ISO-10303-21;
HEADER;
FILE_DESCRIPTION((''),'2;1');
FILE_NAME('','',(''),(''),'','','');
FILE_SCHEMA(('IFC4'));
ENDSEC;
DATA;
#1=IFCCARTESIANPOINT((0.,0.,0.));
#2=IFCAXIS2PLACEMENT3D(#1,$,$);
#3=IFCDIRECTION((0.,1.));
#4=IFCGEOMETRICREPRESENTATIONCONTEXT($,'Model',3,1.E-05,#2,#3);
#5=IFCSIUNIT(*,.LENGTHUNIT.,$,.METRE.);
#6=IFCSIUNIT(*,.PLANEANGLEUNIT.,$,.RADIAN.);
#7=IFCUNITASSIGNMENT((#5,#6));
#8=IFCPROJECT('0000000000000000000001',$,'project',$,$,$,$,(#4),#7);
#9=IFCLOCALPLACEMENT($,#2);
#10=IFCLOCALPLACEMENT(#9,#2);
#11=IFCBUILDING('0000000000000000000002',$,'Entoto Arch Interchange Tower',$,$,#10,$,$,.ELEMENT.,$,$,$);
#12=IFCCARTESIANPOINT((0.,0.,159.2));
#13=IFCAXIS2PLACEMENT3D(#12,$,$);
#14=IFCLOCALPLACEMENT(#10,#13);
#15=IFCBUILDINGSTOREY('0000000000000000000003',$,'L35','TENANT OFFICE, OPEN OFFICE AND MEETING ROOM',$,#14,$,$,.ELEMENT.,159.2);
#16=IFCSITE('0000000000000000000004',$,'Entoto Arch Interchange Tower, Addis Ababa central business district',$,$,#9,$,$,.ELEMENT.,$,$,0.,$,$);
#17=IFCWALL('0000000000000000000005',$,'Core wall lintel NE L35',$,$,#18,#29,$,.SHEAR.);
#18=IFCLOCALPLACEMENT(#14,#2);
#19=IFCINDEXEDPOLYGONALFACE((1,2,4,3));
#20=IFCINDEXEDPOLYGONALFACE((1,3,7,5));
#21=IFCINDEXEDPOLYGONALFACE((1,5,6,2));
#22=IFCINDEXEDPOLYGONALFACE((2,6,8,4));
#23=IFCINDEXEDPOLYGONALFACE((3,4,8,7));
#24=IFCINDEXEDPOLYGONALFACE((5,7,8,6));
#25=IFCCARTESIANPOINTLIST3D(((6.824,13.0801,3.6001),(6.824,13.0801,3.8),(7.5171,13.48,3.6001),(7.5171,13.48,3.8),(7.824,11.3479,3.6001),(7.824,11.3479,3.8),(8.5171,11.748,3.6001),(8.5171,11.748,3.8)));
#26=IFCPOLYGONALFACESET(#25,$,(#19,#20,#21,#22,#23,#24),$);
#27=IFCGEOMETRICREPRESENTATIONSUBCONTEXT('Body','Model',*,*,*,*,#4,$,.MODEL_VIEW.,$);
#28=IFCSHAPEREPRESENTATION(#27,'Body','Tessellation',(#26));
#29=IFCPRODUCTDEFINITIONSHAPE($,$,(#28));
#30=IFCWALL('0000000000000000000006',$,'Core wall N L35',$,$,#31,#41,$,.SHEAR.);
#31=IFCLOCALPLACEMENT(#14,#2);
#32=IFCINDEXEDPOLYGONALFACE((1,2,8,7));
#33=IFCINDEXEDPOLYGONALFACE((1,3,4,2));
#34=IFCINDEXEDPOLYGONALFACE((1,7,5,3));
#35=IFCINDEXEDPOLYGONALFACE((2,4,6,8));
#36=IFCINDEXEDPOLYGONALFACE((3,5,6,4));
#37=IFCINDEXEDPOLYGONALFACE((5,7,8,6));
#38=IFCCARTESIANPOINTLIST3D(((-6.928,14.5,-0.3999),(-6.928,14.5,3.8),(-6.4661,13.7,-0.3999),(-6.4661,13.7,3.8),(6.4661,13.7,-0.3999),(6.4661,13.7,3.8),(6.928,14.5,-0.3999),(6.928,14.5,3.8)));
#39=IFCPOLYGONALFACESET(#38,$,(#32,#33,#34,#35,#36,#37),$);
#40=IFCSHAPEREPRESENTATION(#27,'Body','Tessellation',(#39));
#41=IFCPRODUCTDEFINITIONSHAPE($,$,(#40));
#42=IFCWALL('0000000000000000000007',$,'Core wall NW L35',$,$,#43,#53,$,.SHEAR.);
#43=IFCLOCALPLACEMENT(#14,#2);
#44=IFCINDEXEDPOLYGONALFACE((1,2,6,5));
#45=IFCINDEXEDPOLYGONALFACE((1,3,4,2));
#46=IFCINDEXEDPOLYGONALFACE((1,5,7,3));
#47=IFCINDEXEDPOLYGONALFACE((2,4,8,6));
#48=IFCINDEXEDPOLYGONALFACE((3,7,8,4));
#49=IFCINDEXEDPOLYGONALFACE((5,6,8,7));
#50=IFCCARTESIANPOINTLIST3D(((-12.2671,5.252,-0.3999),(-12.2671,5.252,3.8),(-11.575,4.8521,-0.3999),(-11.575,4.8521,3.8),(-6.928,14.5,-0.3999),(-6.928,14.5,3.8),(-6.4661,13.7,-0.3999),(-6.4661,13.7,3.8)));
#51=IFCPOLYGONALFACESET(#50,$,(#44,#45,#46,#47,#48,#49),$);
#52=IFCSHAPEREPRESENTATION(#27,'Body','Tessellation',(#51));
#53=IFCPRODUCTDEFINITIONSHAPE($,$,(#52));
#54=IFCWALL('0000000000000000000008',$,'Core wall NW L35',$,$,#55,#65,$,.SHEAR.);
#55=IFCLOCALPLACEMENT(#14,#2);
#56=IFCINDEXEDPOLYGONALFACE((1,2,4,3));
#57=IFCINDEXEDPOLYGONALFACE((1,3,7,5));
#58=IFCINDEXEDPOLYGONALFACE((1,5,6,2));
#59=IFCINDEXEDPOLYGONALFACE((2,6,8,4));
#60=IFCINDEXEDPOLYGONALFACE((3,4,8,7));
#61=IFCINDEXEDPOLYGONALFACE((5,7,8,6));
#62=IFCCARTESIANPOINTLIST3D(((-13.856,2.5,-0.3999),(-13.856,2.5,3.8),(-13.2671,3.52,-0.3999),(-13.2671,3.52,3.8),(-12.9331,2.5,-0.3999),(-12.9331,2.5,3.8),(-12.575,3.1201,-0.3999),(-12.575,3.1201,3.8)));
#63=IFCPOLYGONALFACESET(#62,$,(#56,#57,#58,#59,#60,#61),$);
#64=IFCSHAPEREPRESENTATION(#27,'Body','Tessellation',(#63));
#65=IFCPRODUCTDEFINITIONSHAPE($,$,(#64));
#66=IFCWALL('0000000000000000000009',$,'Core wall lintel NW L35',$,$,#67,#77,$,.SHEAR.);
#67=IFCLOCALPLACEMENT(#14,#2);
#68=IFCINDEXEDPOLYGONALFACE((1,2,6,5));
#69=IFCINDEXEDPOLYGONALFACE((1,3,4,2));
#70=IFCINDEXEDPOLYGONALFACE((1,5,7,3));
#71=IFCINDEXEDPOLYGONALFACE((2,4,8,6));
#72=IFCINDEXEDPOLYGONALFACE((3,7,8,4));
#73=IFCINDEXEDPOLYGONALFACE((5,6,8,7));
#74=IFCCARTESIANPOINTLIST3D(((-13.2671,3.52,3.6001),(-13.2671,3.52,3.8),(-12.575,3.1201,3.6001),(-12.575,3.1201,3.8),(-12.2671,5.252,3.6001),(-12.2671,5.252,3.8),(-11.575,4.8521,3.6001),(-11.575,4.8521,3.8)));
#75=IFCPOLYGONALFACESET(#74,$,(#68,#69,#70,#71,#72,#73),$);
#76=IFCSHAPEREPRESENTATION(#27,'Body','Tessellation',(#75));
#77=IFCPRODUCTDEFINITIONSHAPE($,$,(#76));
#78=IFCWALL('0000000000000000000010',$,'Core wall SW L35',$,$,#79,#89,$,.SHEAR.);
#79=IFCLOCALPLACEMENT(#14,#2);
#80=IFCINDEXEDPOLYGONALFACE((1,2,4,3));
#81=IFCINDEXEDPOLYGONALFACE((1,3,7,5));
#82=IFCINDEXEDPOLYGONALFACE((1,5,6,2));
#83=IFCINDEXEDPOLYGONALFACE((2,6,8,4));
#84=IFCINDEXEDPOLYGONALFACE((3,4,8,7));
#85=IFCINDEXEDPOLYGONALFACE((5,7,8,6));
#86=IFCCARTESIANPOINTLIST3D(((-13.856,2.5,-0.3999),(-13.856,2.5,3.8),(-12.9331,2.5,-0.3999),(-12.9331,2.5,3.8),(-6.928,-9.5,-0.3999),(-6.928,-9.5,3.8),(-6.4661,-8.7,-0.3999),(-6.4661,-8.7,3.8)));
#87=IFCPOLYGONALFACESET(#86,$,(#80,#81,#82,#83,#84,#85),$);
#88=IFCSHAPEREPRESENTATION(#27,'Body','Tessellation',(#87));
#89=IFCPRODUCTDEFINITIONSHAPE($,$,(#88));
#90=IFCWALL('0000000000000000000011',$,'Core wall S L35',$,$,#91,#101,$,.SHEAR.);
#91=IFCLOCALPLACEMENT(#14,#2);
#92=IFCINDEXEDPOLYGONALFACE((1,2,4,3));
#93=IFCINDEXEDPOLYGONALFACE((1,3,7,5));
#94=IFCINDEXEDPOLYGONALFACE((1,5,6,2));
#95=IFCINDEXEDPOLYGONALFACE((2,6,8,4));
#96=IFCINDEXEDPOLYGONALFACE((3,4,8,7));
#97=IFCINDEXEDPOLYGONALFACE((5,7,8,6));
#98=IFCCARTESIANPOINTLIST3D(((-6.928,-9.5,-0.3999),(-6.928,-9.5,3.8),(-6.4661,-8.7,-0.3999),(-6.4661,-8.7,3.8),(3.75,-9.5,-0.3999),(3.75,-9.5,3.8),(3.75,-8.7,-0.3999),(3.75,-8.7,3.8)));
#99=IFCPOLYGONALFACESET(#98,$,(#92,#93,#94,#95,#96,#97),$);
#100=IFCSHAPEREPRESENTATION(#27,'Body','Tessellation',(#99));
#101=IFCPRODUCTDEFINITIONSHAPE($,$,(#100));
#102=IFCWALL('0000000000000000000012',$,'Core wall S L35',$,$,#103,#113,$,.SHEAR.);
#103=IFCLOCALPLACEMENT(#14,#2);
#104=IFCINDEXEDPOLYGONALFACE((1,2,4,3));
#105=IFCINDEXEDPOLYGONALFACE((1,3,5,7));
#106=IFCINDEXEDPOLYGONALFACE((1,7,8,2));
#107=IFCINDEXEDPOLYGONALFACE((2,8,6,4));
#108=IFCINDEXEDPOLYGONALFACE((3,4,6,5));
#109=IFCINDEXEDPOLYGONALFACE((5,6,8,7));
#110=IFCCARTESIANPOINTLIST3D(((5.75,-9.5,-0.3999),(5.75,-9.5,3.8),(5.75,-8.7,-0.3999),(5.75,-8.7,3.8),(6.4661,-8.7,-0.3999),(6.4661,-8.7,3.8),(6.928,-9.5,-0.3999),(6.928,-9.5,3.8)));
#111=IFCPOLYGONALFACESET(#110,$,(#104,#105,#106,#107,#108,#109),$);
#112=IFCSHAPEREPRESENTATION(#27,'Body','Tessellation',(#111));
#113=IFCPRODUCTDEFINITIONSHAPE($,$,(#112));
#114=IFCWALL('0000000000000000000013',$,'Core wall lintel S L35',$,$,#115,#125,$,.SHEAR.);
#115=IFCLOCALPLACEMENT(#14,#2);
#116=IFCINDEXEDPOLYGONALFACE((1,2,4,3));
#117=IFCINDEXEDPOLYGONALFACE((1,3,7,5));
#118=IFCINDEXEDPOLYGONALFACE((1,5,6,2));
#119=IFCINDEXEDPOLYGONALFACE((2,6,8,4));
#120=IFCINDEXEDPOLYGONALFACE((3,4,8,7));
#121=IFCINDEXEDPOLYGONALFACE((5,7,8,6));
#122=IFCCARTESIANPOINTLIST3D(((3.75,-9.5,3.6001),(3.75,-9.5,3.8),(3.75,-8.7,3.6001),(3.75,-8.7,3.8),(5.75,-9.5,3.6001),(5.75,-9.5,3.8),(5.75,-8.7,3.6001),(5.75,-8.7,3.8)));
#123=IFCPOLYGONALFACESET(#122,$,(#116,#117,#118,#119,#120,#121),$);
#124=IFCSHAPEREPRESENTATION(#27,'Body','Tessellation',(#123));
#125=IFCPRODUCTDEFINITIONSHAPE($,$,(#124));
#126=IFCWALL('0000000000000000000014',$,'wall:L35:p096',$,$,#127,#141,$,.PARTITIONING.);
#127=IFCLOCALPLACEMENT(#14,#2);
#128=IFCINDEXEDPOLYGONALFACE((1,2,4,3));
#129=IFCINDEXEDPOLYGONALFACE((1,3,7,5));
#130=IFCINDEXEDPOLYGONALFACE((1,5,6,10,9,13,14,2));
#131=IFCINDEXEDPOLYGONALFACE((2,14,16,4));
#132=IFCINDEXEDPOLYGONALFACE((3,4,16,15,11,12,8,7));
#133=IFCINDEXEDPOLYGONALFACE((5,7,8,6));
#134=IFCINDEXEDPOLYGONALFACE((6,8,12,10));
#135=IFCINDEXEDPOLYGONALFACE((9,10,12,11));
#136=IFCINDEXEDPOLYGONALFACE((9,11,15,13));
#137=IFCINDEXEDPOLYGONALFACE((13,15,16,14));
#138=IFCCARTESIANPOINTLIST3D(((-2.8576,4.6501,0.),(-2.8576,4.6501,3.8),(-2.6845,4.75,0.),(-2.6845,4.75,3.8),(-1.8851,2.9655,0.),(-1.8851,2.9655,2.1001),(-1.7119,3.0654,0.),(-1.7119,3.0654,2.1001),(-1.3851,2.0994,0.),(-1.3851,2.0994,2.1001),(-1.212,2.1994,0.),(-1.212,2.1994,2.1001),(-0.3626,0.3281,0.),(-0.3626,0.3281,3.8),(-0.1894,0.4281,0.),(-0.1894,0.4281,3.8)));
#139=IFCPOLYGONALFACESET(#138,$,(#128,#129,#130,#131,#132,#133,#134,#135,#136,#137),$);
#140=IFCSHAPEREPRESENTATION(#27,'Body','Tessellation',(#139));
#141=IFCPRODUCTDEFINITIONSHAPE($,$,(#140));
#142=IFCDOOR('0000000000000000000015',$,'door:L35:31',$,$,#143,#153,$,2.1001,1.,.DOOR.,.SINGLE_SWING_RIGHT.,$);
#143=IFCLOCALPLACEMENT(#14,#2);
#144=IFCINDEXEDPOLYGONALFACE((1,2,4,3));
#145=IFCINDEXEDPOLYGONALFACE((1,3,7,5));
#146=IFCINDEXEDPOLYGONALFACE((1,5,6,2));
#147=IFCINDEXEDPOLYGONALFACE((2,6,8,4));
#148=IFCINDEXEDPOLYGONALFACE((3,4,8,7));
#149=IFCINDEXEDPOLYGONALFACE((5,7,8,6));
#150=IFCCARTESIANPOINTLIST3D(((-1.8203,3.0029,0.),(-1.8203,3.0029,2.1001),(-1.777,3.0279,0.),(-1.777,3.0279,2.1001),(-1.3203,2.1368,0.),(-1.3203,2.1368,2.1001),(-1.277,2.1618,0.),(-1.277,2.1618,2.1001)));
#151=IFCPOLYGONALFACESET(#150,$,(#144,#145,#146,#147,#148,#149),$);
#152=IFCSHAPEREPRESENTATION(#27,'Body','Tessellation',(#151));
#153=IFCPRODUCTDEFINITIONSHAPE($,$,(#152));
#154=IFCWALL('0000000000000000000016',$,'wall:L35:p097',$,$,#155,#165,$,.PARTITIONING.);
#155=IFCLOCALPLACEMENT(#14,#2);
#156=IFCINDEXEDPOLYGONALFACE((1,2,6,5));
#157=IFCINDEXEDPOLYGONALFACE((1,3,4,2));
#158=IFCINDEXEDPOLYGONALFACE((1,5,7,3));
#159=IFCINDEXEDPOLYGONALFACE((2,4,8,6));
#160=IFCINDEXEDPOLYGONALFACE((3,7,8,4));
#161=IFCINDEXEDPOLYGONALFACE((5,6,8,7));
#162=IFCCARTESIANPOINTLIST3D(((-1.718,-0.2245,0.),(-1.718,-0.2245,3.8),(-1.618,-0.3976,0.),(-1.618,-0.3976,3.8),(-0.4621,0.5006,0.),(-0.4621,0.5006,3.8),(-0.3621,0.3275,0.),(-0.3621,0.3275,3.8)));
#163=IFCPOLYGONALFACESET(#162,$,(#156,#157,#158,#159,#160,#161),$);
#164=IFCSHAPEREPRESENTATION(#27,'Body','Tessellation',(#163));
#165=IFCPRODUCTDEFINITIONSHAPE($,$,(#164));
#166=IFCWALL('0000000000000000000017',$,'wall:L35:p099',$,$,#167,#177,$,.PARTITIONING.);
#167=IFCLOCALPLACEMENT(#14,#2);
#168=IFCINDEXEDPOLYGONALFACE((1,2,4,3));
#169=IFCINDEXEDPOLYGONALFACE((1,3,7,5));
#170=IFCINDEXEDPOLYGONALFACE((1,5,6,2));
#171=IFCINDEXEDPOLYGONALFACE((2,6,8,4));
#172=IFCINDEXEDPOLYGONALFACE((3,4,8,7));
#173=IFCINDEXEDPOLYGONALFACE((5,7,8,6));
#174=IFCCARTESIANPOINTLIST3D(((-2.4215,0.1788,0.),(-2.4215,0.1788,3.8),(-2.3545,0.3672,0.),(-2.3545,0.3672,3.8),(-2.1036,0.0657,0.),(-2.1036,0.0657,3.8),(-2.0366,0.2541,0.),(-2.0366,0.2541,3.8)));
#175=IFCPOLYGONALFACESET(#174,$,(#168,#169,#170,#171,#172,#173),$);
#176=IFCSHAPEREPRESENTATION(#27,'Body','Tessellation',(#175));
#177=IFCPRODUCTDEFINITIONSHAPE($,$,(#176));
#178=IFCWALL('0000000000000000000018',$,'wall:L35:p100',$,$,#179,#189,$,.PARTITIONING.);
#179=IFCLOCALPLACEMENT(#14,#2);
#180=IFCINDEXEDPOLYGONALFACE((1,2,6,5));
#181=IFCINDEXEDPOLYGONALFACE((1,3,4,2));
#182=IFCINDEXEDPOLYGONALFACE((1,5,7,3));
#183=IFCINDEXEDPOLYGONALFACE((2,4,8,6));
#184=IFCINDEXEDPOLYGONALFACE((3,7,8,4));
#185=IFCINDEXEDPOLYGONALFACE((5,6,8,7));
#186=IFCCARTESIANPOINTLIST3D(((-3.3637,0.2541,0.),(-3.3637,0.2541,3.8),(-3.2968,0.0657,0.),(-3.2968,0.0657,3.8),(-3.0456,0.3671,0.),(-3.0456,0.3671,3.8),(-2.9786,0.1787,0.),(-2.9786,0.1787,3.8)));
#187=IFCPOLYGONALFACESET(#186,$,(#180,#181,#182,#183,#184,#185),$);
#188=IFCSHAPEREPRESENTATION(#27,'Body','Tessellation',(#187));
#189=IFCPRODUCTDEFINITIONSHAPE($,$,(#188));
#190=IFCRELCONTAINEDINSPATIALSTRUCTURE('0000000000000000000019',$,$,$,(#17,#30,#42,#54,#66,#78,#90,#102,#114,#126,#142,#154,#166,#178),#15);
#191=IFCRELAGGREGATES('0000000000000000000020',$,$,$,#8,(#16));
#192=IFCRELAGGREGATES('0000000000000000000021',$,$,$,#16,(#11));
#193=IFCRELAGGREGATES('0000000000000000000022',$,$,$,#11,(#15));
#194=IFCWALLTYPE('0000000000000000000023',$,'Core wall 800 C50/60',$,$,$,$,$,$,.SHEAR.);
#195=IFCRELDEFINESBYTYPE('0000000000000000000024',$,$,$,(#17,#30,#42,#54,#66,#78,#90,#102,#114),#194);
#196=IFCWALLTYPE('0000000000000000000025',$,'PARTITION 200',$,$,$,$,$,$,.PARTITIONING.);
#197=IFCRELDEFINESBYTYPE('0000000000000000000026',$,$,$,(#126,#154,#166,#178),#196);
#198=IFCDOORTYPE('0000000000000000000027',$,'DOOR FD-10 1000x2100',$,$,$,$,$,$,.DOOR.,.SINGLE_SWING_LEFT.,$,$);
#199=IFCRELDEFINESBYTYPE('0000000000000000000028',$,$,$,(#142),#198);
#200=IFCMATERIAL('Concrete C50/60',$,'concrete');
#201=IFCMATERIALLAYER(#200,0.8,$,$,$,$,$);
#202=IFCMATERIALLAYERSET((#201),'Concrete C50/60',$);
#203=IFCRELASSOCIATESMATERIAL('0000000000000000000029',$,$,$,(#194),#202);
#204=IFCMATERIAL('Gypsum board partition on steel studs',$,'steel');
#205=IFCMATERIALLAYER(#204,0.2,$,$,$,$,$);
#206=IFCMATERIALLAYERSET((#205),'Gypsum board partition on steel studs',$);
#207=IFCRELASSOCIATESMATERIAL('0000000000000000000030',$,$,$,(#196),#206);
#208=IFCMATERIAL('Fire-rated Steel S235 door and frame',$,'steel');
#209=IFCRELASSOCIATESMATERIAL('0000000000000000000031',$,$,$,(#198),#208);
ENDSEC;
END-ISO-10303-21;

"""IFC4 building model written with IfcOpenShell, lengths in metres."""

from ifc_helpers import new_model, si_unit, direction, frame, frame_2d, origin, place, context, subcontext, project, spatial, polyline, rectangle, outline, extrude, material, layer, layer_set, type_object, element, fill, save


model = new_model("IFC4")

# Units and contexts
model_context = context("Model", 3, precision=1e-05, world=origin(), true_north=direction((0.0, 1.0)))
body_context = subcontext(model_context, "Body", "Model", "MODEL_VIEW")
ifc_project = project(units=[si_unit("LENGTHUNIT", "METRE"), si_unit("PLANEANGLEUNIT", "RADIAN")], contexts=[model_context])

# Site, building, storey
site_placement = place(None, origin())
site = spatial("IfcSite", under=ifc_project, at=site_placement, Name="Entoto Arch Interchange Tower, Addis Ababa central business district", CompositionType="ELEMENT", RefElevation=0.0)
building_placement = place(site_placement, origin())
building = spatial("IfcBuilding", under=site, at=building_placement, Name="Entoto Arch Interchange Tower", CompositionType="ELEMENT")
storey_placement = place(building_placement, frame((0.0, 0.0, 159.2)))
storey = spatial("IfcBuildingStorey", under=building, at=storey_placement, Name="L35", Description="TENANT OFFICE, OPEN OFFICE AND MEETING ROOM", CompositionType="ELEMENT", Elevation=159.2)

# Walls
ifc_material_1 = material(Name="Concrete C50/60", Category="concrete")
ifc_layer_1 = layer(ifc_material_1, 0.8)
ifc_layer_set_1 = layer_set([ifc_layer_1], Name="Concrete C50/60")
wall_type_1 = type_object("IfcWallType", Name="Core wall 800 C50/60", PredefinedType="SHEAR", material=ifc_layer_set_1)
wall_1_placement = place(storey_placement, frame((0.0, 0.0, 3.6001)))
element("IfcWall", 1, at=wall_1_placement, inside=storey, type_object=wall_type_1, Name="Core wall lintel NE L35", PredefinedType="SHEAR", context=body_context, shape_type="SweptSolid", body=[
    extrude(outline(polyline([(7.5171, 13.48), (6.824, 13.0801), (7.824, 11.3479), (8.5171, 11.748), (7.5171, 13.48)])), origin(), (0.0, 0.0, 1.0), 0.2),
])
wall_2_placement = place(storey_placement, frame((0.0, 0.0, -0.3999)))
element("IfcWall", 2, at=wall_2_placement, inside=storey, type_object=wall_type_1, Name="Core wall N L35", PredefinedType="SHEAR", context=body_context, shape_type="SweptSolid", body=[
    extrude(outline(polyline([(6.928, 14.5), (-6.928, 14.5), (-6.4661, 13.7), (6.4661, 13.7), (6.928, 14.5)])), origin(), (0.0, 0.0, 1.0), 4.2),
])
wall_3_placement = place(storey_placement, frame((0.0, 0.0, -0.3999)))
element("IfcWall", 3, at=wall_3_placement, inside=storey, type_object=wall_type_1, Name="Core wall NW L35", PredefinedType="SHEAR", context=body_context, shape_type="SweptSolid", body=[
    extrude(outline(polyline([(-12.2671, 5.252), (-11.575, 4.8521), (-6.4661, 13.7), (-6.928, 14.5), (-12.2671, 5.252)])), origin(), (0.0, 0.0, 1.0), 4.2),
])
wall_4_placement = place(storey_placement, frame((0.0, 0.0, -0.3999)))
element("IfcWall", 4, at=wall_4_placement, inside=storey, type_object=wall_type_1, Name="Core wall NW L35", PredefinedType="SHEAR", context=body_context, shape_type="SweptSolid", body=[
    extrude(outline(polyline([(-12.575, 3.1201), (-13.2671, 3.52), (-13.856, 2.5), (-12.9331, 2.5), (-12.575, 3.1201)])), origin(), (0.0, 0.0, 1.0), 4.2),
])
wall_5_placement = place(storey_placement, frame((0.0, 0.0, 3.6001)))
element("IfcWall", 5, at=wall_5_placement, inside=storey, type_object=wall_type_1, Name="Core wall lintel NW L35", PredefinedType="SHEAR", context=body_context, shape_type="SweptSolid", body=[
    extrude(outline(polyline([(-13.2671, 3.52), (-12.575, 3.1201), (-11.575, 4.8521), (-12.2671, 5.252), (-13.2671, 3.52)])), origin(), (0.0, 0.0, 1.0), 0.2),
])
wall_6_placement = place(storey_placement, frame((0.0, 0.0, -0.3999)))
element("IfcWall", 6, at=wall_6_placement, inside=storey, type_object=wall_type_1, Name="Core wall SW L35", PredefinedType="SHEAR", context=body_context, shape_type="SweptSolid", body=[
    extrude(outline(polyline([(-13.856, 2.5), (-6.928, -9.5), (-6.4661, -8.7), (-12.9331, 2.5), (-13.856, 2.5)])), origin(), (0.0, 0.0, 1.0), 4.2),
])
wall_7_placement = place(storey_placement, frame((0.0, 0.0, -0.3999)))
element("IfcWall", 7, at=wall_7_placement, inside=storey, type_object=wall_type_1, Name="Core wall S L35", PredefinedType="SHEAR", context=body_context, shape_type="SweptSolid", body=[
    extrude(outline(polyline([(3.75, -9.5), (3.75, -8.7), (-6.4661, -8.7), (-6.928, -9.5), (3.75, -9.5)])), origin(), (0.0, 0.0, 1.0), 4.2),
])
wall_8_placement = place(storey_placement, frame((0.0, 0.0, -0.3999)))
element("IfcWall", 8, at=wall_8_placement, inside=storey, type_object=wall_type_1, Name="Core wall S L35", PredefinedType="SHEAR", context=body_context, shape_type="SweptSolid", body=[
    extrude(outline(polyline([(5.75, -8.7), (5.75, -9.5), (6.928, -9.5), (6.4661, -8.7), (5.75, -8.7)])), origin(), (0.0, 0.0, 1.0), 4.2),
])
wall_9_placement = place(storey_placement, frame((0.0, 0.0, 3.6001)))
element("IfcWall", 9, at=wall_9_placement, inside=storey, type_object=wall_type_1, Name="Core wall lintel S L35", PredefinedType="SHEAR", context=body_context, shape_type="SweptSolid", body=[
    extrude(outline(polyline([(5.75, -9.5), (5.75, -8.7), (3.75, -8.7), (3.75, -9.5), (5.75, -9.5)])), origin(), (0.0, 0.0, 1.0), 0.2),
])

# Wall, opening, door
ifc_material_2 = material(Name="Gypsum board partition on steel studs", Category="steel")
ifc_layer_2 = layer(ifc_material_2, 0.2)
ifc_layer_set_2 = layer_set([ifc_layer_2], Name="Gypsum board partition on steel studs")
wall_type_2 = type_object("IfcWallType", Name="PARTITION 200", PredefinedType="PARTITIONING", material=ifc_layer_set_2)
wall_10_placement = place(storey_placement, frame((-2.771, 4.7, 0.0), z_axis=(0.0, 0.0, 1.0), x_axis=(0.499969, -0.866043, 0.0)))
wall_10 = element("IfcWall", 10, at=wall_10_placement, inside=storey, type_object=wall_type_2, Name="wall:L35:p096", PredefinedType="PARTITIONING", context=body_context, shape_type="SweptSolid", body=[
    extrude(rectangle(XDim=4.9905, YDim=0.2, at=frame_2d((2.4951, 0.0))), origin(), (0.0, 0.0, 1.0), 3.8),
])
opening_1_placement = place(wall_10_placement, frame((1.9451, 0.0, 0.0)))
opening_1 = element("IfcOpeningElement", 11, at=opening_1_placement, cuts=wall_10, PredefinedType="OPENING", context=body_context, shape_type="SweptSolid", body=[
    extrude(rectangle(XDim=1.0, YDim=2.1001, at=frame_2d((0.5, 1.05))), frame((0.0, 0.1099, 0.0), z_axis=(0.0, -1.0, 0.0), x_axis=(1.0, 0.0, 0.0)), (0.0, 0.0, 1.0), 0.22),
])
ifc_material_3 = material(Name="Fire-rated Steel S235 door and frame", Category="steel")
door_type_1 = type_object("IfcDoorType", Name="DOOR FD-10 1000x2100", OperationType="SINGLE_SWING_LEFT", PredefinedType="DOOR", material=ifc_material_3)
door_1_placement = place(opening_1_placement, origin())
door_1 = element("IfcDoor", 12, at=door_1_placement, inside=storey, type_object=door_type_1, Name="door:L35:31", OperationType="SINGLE_SWING_RIGHT", OverallHeight=2.1001, OverallWidth=1.0, PredefinedType="DOOR", context=body_context, shape_type="SweptSolid", body=[
    extrude(rectangle(XDim=1.0, YDim=2.1001, at=frame_2d((0.5, 1.05))), frame((0.0, 0.0249, 0.0), z_axis=(0.0, -1.0, 0.0), x_axis=(1.0, 0.0, 0.0)), (0.0, 0.0, 1.0), 0.05),
])
fill(opening_1, door_1)

# Walls
wall_11_placement = place(storey_placement, frame((-0.4121, 0.4141, 0.0), z_axis=(0.0, 0.0, 1.0), x_axis=(-0.866017, -0.500014, 0.0)))
element("IfcWall", 13, at=wall_11_placement, inside=storey, type_object=wall_type_2, Name="wall:L35:p097", PredefinedType="PARTITIONING", context=body_context, shape_type="SweptSolid", body=[
    extrude(rectangle(XDim=1.4502, YDim=0.2, at=frame_2d((0.7251, 0.0))), origin(), (0.0, 0.0, 1.0), 3.8),
])
wall_12_placement = place(storey_placement, frame((-2.0701, 0.1599, 0.0), z_axis=(0.0, 0.0, 1.0), x_axis=(-0.942199, 0.335052, 0.0)))
element("IfcWall", 14, at=wall_12_placement, inside=storey, type_object=wall_type_2, Name="wall:L35:p099", PredefinedType="PARTITIONING", context=body_context, shape_type="SweptSolid", body=[
    extrude(rectangle(XDim=0.3374, YDim=0.2, at=frame_2d((0.1687, 0.0))), origin(), (0.0, 0.0, 1.0), 3.8),
])
wall_13_placement = place(storey_placement, frame((-3.012, 0.2729, 0.0), z_axis=(0.0, 0.0, 1.0), x_axis=(-0.942281, -0.334824, 0.0)))
element("IfcWall", 15, at=wall_13_placement, inside=storey, type_object=wall_type_2, Name="wall:L35:p100", PredefinedType="PARTITIONING", context=body_context, shape_type="SweptSolid", body=[
    extrude(rectangle(XDim=0.3376, YDim=0.2, at=frame_2d((0.1689, 0.0))), origin(), (0.0, 0.0, 1.0), 3.8),
])

save(model, "model.ifc")
